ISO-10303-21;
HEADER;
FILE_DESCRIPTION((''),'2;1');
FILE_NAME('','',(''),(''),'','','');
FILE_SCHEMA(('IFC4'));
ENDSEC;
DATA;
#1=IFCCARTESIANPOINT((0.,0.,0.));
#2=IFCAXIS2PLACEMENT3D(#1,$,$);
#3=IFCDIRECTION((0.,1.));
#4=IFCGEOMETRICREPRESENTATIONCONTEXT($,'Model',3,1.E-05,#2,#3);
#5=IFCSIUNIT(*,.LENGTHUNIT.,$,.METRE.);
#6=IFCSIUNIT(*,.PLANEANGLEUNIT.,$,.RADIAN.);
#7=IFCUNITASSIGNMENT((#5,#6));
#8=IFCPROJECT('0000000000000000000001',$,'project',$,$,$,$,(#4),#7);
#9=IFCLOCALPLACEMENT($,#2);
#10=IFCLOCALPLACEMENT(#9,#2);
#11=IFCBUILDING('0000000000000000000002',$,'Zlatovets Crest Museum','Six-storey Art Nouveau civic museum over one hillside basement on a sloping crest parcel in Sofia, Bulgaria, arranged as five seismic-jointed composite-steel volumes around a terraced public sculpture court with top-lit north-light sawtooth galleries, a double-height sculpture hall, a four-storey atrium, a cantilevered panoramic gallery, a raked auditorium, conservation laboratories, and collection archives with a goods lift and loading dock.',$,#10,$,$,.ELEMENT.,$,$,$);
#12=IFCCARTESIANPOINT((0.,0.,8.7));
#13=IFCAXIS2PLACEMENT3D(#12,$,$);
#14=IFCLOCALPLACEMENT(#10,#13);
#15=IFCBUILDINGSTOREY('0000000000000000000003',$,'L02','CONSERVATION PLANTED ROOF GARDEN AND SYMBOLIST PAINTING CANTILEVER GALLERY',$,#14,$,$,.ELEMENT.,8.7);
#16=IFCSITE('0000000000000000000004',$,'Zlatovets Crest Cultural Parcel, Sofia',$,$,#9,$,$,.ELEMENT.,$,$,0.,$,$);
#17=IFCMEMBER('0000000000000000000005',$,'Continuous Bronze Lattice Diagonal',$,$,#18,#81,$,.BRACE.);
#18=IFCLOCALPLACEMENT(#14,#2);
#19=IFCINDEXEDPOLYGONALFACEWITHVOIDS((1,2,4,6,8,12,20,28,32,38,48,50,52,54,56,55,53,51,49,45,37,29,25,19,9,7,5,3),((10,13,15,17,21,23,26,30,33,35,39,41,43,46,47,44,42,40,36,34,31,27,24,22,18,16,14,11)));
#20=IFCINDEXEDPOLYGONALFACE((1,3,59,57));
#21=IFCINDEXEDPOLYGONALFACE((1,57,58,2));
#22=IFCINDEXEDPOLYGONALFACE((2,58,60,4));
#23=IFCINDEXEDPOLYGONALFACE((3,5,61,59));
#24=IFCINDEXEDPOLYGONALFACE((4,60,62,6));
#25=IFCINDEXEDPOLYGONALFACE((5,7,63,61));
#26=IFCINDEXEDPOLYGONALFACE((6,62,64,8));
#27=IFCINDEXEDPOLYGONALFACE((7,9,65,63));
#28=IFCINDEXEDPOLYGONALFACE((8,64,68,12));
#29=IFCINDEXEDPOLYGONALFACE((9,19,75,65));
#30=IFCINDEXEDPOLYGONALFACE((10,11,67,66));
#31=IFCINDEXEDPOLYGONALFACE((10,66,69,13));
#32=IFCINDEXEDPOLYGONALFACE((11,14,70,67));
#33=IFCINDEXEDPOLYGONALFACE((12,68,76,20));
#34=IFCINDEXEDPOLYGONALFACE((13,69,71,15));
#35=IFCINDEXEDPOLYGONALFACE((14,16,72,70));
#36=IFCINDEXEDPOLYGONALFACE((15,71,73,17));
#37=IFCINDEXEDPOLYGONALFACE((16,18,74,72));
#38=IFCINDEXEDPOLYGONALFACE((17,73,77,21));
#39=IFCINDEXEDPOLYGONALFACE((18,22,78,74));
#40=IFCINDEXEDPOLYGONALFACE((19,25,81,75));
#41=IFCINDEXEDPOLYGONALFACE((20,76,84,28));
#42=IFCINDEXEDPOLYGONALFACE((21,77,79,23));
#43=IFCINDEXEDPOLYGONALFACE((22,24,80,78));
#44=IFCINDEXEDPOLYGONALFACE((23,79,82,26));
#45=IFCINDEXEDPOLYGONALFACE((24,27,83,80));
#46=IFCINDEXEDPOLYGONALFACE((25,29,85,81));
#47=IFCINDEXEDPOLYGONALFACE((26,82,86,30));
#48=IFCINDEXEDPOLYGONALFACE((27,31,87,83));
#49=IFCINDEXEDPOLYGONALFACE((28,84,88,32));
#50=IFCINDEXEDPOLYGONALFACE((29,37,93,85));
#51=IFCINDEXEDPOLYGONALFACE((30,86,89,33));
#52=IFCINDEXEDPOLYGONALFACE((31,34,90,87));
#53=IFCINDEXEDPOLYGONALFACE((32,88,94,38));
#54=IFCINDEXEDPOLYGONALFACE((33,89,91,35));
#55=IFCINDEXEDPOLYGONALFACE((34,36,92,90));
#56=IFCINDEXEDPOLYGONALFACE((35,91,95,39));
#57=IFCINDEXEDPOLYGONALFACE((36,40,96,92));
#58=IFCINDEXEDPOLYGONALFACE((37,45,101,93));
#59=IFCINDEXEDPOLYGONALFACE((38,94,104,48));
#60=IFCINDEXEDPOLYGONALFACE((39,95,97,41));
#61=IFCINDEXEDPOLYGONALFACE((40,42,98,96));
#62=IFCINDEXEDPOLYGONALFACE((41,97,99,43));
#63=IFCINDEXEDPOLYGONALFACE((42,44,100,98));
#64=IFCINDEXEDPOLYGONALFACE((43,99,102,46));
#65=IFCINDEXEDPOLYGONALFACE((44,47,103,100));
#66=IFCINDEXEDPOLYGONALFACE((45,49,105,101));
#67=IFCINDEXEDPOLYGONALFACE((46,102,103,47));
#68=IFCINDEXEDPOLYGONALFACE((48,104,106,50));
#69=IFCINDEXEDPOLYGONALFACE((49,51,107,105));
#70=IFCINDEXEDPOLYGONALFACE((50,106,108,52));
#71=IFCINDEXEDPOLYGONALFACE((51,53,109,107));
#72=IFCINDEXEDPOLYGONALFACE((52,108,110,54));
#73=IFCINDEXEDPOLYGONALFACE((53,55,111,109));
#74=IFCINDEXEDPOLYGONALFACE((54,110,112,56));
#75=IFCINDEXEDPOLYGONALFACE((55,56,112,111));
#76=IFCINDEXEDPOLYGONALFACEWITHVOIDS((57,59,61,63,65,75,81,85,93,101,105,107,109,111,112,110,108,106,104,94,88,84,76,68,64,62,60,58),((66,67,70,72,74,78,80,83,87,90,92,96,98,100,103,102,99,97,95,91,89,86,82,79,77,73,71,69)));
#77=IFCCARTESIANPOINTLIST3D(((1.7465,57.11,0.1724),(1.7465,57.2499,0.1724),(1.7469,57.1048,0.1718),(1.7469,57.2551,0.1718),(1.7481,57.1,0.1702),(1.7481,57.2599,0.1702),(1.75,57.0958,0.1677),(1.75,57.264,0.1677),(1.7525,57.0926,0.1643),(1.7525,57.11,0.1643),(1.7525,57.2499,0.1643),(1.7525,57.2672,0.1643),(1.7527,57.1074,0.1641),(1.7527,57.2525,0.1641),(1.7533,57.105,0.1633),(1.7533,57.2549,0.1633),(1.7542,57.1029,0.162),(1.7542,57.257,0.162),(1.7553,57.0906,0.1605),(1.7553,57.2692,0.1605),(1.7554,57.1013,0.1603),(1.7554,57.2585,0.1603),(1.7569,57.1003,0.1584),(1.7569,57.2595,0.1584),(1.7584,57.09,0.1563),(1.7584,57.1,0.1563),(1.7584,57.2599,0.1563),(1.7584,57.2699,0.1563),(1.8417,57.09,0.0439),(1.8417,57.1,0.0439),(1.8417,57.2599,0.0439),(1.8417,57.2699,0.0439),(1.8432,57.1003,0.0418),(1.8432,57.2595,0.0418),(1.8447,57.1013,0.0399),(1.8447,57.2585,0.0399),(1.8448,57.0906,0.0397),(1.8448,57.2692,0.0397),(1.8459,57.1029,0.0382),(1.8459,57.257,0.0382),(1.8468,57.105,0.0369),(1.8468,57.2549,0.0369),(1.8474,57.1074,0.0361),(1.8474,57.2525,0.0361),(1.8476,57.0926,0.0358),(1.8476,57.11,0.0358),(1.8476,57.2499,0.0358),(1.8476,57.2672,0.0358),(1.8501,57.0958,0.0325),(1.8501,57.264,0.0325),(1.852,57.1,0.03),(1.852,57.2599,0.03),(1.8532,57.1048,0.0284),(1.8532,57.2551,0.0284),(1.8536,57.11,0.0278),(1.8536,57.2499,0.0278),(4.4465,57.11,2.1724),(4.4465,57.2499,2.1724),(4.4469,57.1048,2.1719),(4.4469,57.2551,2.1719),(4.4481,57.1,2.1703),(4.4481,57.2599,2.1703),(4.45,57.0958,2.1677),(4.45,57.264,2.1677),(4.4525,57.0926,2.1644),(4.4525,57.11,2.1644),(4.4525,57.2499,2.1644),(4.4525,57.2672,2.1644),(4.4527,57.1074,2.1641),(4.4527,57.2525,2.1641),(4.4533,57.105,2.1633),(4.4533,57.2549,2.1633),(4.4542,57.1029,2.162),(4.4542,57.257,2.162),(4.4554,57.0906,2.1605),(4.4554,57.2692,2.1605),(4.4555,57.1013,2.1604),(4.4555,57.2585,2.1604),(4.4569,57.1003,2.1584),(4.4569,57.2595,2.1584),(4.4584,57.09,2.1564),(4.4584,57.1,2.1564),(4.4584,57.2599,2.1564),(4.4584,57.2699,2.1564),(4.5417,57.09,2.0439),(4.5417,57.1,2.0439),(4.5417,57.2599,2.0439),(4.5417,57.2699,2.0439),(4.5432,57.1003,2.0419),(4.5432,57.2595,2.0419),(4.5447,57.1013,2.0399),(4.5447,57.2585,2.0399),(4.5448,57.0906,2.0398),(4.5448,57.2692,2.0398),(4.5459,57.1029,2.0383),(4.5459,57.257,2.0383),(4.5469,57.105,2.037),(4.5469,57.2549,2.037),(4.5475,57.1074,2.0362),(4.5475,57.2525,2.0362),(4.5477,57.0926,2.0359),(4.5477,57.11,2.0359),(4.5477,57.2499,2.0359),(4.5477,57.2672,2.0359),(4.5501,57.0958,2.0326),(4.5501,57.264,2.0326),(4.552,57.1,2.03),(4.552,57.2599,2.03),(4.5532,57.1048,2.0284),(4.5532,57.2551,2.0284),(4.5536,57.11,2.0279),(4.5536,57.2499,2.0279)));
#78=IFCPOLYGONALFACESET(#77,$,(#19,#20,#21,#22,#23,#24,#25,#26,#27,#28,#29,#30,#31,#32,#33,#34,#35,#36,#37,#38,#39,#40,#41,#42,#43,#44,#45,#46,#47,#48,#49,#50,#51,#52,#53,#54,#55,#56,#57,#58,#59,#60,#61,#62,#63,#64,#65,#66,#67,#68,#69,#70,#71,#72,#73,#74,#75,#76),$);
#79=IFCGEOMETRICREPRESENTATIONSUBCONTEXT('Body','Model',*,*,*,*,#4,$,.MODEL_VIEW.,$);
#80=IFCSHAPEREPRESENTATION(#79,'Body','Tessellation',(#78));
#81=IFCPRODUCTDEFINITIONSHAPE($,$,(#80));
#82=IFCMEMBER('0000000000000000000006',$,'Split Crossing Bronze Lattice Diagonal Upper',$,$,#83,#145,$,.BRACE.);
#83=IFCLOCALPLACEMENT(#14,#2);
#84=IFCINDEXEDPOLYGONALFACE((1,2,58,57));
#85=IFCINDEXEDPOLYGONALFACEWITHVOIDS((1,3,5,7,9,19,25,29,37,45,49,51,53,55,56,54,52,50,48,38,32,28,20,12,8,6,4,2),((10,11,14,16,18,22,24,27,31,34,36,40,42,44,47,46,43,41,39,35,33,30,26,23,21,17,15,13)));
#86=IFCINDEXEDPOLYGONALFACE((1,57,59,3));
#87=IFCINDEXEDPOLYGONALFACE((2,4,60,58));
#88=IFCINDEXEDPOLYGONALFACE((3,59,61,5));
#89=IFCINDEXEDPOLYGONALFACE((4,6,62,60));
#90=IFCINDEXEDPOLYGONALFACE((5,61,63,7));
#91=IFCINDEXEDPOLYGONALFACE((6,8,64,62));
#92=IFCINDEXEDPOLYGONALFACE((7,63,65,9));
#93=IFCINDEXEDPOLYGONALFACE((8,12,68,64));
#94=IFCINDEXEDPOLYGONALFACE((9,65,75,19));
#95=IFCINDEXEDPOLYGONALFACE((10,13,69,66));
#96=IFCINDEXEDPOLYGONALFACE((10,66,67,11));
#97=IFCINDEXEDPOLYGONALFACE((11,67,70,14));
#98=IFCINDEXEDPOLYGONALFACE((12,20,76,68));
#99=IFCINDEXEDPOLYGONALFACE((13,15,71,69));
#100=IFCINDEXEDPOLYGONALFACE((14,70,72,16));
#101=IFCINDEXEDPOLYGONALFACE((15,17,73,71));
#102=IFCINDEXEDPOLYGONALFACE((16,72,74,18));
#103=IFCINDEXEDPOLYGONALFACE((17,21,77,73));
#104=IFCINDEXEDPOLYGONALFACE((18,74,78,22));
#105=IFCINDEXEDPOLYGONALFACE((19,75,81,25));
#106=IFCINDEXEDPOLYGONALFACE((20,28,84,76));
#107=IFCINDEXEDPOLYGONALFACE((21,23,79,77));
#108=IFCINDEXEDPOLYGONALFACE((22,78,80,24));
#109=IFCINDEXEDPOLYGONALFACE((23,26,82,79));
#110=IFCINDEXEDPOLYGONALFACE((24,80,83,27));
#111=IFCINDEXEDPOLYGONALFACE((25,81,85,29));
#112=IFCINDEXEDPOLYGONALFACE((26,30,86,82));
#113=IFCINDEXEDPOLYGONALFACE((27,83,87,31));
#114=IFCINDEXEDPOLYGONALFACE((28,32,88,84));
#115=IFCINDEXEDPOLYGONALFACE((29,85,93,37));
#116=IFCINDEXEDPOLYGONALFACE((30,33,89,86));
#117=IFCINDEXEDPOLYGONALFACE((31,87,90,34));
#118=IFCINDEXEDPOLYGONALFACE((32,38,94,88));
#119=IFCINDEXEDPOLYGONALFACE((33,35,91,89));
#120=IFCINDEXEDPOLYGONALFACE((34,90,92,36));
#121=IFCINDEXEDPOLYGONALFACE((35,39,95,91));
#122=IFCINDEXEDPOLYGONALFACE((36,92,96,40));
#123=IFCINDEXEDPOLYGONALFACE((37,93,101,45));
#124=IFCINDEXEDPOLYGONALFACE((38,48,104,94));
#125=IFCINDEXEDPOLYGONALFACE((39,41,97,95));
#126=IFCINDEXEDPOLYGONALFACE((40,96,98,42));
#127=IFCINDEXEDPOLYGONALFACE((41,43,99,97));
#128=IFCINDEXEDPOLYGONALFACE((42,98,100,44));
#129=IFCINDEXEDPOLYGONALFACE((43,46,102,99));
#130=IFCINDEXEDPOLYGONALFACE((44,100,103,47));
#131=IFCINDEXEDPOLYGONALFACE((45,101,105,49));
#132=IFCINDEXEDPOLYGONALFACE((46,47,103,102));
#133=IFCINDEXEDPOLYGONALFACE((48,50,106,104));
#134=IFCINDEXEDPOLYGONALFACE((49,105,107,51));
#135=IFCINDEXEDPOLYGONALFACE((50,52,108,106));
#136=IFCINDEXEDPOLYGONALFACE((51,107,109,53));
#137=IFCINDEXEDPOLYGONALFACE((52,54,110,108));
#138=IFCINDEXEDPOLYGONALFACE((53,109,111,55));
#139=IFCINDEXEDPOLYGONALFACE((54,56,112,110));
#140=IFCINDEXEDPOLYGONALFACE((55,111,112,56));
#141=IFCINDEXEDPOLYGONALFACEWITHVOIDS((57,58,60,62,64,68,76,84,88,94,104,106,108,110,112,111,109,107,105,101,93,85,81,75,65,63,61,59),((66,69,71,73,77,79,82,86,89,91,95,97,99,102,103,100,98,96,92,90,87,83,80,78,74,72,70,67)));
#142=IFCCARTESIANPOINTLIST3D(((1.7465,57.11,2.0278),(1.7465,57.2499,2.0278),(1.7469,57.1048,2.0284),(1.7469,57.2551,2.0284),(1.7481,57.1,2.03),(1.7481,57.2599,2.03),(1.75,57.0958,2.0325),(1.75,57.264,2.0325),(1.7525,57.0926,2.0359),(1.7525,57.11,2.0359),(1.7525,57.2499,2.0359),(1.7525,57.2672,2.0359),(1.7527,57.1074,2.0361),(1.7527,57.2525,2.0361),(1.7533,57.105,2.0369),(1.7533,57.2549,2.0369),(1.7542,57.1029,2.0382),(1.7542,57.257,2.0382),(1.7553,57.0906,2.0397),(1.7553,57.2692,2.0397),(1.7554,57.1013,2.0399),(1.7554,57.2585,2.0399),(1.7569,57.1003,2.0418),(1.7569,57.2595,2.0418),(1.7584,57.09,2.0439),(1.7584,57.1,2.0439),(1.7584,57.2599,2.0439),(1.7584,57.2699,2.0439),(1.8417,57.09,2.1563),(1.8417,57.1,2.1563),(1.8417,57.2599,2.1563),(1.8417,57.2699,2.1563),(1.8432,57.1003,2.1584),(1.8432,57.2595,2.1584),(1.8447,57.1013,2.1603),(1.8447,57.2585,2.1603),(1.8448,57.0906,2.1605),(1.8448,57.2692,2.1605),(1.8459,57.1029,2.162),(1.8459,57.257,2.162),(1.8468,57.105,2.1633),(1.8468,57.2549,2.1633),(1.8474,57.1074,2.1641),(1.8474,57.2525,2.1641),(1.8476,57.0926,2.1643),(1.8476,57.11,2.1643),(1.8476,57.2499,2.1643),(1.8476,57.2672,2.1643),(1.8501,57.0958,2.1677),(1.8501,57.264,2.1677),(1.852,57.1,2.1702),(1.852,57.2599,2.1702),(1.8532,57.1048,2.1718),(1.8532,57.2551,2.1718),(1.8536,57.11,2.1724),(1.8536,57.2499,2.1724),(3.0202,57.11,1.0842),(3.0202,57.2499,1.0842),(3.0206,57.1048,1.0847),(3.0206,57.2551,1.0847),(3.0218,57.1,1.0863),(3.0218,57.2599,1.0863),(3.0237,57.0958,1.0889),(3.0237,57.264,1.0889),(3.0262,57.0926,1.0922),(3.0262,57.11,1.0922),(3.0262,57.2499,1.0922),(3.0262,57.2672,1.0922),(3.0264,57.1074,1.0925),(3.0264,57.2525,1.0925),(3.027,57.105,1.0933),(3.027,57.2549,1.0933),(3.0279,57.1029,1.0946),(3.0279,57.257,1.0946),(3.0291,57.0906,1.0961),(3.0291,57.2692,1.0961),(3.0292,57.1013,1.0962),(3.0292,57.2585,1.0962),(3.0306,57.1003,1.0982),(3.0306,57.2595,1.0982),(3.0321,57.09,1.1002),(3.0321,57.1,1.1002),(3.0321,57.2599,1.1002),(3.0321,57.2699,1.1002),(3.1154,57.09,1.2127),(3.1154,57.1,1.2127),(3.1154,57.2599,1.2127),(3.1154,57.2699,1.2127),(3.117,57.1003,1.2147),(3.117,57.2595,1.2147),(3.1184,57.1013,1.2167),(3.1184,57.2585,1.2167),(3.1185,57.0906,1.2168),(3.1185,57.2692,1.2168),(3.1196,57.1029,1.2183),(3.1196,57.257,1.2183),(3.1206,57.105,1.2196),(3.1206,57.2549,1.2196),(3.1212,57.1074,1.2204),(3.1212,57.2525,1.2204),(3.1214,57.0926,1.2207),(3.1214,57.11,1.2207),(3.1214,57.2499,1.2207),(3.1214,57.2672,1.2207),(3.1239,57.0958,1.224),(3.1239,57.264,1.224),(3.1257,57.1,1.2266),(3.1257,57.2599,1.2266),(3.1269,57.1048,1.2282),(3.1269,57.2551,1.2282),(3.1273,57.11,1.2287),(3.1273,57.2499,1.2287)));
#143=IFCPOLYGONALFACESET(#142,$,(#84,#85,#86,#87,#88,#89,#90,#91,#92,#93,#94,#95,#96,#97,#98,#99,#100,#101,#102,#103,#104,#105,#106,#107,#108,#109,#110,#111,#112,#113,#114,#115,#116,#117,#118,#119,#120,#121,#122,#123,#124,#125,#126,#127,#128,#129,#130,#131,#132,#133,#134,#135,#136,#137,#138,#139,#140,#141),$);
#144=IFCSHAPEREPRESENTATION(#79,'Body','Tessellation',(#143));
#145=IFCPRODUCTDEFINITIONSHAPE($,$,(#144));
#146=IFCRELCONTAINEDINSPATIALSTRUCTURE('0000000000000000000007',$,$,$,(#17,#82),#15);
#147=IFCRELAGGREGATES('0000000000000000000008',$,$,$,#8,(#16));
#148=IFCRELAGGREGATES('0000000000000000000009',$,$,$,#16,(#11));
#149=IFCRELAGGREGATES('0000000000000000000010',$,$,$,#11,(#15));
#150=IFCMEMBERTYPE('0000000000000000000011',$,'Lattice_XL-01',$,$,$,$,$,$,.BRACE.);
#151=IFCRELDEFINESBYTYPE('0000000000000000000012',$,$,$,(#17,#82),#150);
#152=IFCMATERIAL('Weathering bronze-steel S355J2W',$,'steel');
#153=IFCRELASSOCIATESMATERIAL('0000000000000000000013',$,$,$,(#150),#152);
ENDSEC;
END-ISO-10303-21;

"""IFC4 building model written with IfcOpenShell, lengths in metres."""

from ifc_helpers import new_model, si_unit, direction, frame, origin, origin_2d, place, context, subcontext, project, spatial, hollow_rectangle, extrude, material, material_profile, profile_set, type_object, element, save


model = new_model("IFC4")

# Units and contexts
model_context = context("Model", 3, precision=1e-05, world=origin(), true_north=direction((0.0, 1.0)))
body_context = subcontext(model_context, "Body", "Model", "MODEL_VIEW")
ifc_project = project(units=[si_unit("LENGTHUNIT", "METRE"), si_unit("PLANEANGLEUNIT", "RADIAN")], contexts=[model_context])

# Site, building, storey
site_placement = place(None, origin())
site = spatial("IfcSite", under=ifc_project, at=site_placement, Name="Zlatovets Crest Cultural Parcel, Sofia", CompositionType="ELEMENT", RefElevation=0.0)
building_placement = place(site_placement, origin())
building = spatial("IfcBuilding", under=site, at=building_placement, Name="Zlatovets Crest Museum", Description="Six-storey Art Nouveau civic museum over one hillside basement on a sloping crest parcel in Sofia, Bulgaria, arranged as five seismic-jointed composite-steel volumes around a terraced public sculpture court with top-lit north-light sawtooth galleries, a double-height sculpture hall, a four-storey atrium, a cantilevered panoramic gallery, a raked auditorium, conservation laboratories, and collection archives with a goods lift and loading dock.", CompositionType="ELEMENT")
storey_placement = place(building_placement, frame((0.0, 0.0, 8.7)))
storey = spatial("IfcBuildingStorey", under=building, at=storey_placement, Name="L02", Description="CONSERVATION PLANTED ROOF GARDEN AND SYMBOLIST PAINTING CANTILEVER GALLERY", CompositionType="ELEMENT", Elevation=8.7)

# Members
ifc_material_1 = material(Name="Weathering bronze-steel S355J2W", Category="steel")
ifc_material_profile_1 = material_profile(ifc_material_1, hollow_rectangle(XDim=0.1799, YDim=0.1799, WallThickness=0.01, InnerFilletRadius=0.01, OuterFilletRadius=0.02, at=origin_2d()), Name="SHS 180x180x10.0")
ifc_profile_set_1 = profile_set([ifc_material_profile_1], Name="Weathering bronze-steel S355J2W")
member_type_1 = type_object("IfcMemberType", Name="Lattice_XL-01", PredefinedType="BRACE", material=ifc_profile_set_1)
member_1_placement = place(storey_placement, frame((1.8, 57.1799, 0.1001), z_axis=(0.803552, 0.0, 0.595235), x_axis=(0.0, 1.0, 0.0)))
element("IfcMember", 1, at=member_1_placement, inside=storey, type_object=member_type_1, Name="Continuous Bronze Lattice Diagonal", PredefinedType="BRACE", context=body_context, shape_type="SweptSolid", body=[
    extrude(hollow_rectangle(XDim=0.1799, YDim=0.1799, WallThickness=0.01, InnerFilletRadius=0.01, OuterFilletRadius=0.02, at=origin_2d()), origin(), (0.0, 0.0, 1.0), 3.3601),
])
member_2_placement = place(storey_placement, frame((1.8, 57.1799, 2.1001), z_axis=(0.803516, 0.0, -0.595283), x_axis=(0.0, 1.0, 0.0)))
element("IfcMember", 2, at=member_2_placement, inside=storey, type_object=member_type_1, Name="Split Crossing Bronze Lattice Diagonal Upper", PredefinedType="BRACE", context=body_context, shape_type="SweptSolid", body=[
    extrude(hollow_rectangle(XDim=0.1799, YDim=0.1799, WallThickness=0.01, InnerFilletRadius=0.01, OuterFilletRadius=0.02, at=origin_2d()), origin(), (0.0, 0.0, 1.0), 1.5852),
])

save(model, "model.ifc")
